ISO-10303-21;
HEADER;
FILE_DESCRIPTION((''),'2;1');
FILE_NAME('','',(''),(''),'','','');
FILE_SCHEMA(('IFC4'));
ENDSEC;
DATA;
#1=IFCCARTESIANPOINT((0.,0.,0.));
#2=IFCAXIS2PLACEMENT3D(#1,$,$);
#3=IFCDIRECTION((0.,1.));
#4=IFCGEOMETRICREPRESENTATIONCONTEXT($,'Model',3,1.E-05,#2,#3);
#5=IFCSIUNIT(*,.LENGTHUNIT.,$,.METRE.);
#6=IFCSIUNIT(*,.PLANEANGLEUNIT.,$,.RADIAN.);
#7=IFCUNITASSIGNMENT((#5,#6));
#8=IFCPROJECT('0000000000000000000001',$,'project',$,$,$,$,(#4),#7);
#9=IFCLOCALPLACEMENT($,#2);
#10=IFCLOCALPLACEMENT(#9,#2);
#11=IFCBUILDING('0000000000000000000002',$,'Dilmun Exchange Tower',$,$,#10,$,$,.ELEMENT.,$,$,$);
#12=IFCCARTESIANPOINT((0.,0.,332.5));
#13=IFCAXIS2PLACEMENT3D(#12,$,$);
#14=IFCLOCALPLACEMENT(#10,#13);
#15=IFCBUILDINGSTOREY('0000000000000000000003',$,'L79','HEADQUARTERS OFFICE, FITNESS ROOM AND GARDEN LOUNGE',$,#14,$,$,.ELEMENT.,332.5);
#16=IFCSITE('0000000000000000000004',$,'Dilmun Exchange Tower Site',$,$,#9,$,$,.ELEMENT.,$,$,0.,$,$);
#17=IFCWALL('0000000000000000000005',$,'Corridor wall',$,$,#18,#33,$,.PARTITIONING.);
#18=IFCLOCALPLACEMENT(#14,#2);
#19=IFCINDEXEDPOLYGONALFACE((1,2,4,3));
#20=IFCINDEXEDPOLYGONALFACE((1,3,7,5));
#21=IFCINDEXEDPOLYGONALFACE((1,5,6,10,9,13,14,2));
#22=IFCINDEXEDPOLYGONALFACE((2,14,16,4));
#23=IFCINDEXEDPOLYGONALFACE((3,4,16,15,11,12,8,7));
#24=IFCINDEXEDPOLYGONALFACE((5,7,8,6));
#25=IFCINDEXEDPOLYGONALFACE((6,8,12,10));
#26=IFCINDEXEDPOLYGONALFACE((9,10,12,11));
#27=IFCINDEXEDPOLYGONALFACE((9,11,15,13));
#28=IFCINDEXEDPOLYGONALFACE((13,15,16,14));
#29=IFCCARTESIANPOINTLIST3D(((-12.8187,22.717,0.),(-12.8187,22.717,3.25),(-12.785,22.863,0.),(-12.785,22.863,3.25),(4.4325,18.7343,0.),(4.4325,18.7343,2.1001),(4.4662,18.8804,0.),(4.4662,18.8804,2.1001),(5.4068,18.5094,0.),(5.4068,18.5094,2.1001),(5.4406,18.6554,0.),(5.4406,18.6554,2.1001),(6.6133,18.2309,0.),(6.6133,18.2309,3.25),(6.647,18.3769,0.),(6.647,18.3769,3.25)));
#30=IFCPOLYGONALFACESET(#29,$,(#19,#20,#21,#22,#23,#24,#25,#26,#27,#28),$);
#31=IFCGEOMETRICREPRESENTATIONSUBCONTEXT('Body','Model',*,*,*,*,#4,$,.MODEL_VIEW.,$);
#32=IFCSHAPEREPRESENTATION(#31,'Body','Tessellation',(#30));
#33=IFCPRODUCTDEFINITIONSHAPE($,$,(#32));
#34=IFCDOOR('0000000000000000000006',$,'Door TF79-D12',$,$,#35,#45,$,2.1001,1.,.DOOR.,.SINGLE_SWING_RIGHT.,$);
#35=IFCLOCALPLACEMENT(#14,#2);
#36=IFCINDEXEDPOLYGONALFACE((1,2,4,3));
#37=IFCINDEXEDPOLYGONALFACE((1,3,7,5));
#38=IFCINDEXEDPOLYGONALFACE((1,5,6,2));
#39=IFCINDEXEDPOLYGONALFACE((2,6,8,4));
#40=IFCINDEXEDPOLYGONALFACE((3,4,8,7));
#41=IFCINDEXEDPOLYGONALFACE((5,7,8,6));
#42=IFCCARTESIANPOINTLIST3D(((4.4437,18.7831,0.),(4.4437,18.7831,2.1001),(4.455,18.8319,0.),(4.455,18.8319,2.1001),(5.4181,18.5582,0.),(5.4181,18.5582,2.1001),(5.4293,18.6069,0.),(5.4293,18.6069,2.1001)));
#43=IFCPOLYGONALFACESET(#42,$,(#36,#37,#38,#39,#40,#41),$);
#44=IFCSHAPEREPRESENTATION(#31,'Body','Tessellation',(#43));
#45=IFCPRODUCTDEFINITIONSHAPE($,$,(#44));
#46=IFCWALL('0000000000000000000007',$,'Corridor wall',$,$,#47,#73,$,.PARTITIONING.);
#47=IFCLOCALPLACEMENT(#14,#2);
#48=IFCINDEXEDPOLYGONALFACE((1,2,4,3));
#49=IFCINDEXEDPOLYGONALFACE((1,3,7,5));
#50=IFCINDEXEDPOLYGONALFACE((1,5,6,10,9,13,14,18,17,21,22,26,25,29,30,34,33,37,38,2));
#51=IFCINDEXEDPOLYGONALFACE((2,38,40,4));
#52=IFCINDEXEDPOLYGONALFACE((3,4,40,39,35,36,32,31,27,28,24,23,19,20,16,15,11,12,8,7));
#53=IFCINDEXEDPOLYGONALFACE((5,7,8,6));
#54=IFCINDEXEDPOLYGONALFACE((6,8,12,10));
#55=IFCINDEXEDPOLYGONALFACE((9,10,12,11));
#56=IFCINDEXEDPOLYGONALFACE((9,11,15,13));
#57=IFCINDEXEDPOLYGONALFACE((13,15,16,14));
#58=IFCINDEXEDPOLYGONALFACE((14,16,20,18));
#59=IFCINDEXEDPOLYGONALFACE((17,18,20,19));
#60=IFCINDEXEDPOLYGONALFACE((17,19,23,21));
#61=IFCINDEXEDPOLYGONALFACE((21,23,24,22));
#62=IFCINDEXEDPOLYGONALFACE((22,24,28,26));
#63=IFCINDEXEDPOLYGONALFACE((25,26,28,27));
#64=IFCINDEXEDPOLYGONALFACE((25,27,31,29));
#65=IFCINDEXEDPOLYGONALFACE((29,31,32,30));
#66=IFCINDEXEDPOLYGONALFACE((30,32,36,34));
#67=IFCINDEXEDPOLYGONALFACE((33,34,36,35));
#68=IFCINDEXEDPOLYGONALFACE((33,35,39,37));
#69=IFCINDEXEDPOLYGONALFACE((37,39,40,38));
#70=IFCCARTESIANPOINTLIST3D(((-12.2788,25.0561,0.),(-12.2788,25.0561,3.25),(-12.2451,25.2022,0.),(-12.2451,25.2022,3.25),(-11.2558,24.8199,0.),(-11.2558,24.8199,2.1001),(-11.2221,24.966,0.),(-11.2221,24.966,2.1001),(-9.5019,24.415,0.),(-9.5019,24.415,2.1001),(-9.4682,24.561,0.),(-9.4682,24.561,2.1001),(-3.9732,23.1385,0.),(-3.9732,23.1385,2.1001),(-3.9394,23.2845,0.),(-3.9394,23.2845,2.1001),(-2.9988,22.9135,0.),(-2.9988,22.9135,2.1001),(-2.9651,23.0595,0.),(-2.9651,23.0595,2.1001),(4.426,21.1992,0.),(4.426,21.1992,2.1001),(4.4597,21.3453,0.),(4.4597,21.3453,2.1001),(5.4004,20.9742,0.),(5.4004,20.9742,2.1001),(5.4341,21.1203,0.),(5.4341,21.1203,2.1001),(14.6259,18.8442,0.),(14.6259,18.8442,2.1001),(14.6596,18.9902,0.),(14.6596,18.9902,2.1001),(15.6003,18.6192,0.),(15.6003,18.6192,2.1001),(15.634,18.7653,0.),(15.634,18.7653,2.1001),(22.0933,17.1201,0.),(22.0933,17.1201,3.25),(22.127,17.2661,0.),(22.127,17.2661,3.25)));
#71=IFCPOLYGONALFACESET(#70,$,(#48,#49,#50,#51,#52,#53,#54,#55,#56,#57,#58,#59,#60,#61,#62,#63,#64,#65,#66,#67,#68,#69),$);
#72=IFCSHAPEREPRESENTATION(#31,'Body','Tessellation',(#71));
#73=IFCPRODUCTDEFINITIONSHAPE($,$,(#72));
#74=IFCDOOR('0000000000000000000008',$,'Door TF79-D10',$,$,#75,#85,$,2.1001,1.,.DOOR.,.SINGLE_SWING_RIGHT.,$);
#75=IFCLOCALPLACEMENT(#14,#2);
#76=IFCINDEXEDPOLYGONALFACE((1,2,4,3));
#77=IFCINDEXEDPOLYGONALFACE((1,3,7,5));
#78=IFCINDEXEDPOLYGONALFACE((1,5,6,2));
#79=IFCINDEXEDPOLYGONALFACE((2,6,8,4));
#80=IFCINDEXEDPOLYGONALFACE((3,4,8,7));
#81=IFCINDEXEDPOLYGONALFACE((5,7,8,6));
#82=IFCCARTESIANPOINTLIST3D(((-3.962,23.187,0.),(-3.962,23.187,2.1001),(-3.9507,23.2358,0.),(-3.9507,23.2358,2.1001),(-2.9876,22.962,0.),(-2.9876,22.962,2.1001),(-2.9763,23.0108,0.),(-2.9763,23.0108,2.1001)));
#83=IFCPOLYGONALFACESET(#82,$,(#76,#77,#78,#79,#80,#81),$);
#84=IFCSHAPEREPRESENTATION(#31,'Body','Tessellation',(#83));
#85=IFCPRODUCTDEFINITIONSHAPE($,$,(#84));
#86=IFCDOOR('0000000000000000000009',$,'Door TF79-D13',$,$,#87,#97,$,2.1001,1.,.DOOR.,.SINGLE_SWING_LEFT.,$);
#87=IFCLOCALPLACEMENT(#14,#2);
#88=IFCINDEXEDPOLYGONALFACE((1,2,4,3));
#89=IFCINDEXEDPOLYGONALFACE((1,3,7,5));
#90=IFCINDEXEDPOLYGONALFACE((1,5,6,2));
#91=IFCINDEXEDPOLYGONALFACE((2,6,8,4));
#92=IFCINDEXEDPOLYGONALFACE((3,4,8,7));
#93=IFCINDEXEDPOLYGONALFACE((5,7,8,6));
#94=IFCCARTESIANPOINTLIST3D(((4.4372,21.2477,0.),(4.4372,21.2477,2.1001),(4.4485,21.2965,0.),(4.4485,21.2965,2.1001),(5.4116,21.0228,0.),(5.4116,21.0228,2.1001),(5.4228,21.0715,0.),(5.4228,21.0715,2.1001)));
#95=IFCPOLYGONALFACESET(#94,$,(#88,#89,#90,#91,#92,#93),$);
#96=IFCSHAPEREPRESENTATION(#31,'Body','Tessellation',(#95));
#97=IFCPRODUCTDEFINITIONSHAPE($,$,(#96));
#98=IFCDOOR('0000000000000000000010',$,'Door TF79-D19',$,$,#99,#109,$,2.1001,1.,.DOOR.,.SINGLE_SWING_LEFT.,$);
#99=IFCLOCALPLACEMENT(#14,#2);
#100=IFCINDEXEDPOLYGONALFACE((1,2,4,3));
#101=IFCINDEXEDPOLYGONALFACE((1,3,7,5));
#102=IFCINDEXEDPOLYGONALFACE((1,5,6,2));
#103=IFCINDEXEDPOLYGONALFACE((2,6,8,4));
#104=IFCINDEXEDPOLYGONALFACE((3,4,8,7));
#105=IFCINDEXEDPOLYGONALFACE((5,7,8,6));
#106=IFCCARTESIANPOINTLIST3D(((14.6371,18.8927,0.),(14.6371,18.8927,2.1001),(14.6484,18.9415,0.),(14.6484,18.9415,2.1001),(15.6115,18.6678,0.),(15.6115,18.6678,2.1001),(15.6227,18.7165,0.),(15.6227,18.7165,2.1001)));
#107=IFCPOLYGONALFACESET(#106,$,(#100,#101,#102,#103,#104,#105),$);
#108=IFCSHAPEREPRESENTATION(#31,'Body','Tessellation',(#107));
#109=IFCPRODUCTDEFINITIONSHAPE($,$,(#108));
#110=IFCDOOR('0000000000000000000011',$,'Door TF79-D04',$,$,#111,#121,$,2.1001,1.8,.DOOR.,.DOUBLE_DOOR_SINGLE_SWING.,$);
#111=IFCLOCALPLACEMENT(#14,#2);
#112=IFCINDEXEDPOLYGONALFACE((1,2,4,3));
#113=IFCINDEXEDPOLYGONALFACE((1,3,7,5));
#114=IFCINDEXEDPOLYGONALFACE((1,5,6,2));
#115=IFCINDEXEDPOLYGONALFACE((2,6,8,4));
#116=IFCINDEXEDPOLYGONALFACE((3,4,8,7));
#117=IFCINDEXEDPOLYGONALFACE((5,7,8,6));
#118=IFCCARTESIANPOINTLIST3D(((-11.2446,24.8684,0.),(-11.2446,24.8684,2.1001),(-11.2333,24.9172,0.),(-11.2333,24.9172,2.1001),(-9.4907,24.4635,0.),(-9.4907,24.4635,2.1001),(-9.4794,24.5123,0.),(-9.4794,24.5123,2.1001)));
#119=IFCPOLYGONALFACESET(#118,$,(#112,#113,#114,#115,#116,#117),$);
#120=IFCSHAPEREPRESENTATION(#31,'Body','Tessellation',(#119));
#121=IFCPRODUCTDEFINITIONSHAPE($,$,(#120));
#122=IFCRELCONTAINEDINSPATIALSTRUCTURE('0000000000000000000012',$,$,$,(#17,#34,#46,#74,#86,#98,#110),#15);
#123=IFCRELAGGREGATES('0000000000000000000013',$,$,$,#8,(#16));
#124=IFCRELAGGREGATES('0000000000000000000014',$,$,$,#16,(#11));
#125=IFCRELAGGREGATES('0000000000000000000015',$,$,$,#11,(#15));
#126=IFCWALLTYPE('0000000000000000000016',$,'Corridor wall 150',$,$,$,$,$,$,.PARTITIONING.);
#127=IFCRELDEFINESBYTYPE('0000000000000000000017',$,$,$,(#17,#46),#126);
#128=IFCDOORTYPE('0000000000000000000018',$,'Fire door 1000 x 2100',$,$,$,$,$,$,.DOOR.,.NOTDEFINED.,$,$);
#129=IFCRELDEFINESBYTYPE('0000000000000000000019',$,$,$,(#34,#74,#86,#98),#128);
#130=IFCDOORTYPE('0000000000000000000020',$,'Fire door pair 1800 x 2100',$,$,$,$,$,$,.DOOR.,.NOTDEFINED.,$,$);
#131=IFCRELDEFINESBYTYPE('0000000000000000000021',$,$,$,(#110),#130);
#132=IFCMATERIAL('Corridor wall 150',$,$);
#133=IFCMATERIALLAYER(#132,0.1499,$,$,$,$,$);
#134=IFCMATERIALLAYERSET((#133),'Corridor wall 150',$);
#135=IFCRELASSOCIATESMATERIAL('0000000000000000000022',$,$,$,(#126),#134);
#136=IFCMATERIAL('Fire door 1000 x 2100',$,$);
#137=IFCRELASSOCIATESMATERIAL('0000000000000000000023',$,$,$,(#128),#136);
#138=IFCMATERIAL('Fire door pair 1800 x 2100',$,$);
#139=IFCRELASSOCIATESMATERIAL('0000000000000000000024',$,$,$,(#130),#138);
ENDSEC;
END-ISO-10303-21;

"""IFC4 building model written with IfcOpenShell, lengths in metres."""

from ifc_helpers import new_model, si_unit, direction, frame, frame_2d, origin, place, context, subcontext, project, spatial, rectangle, extrude, material, layer, layer_set, type_object, element, fill, save


model = new_model("IFC4")

# Units and contexts
model_context = context("Model", 3, precision=1e-05, world=origin(), true_north=direction((0.0, 1.0)))
body_context = subcontext(model_context, "Body", "Model", "MODEL_VIEW")
ifc_project = project(units=[si_unit("LENGTHUNIT", "METRE"), si_unit("PLANEANGLEUNIT", "RADIAN")], contexts=[model_context])

# Site, building, storey
site_placement = place(None, origin())
site = spatial("IfcSite", under=ifc_project, at=site_placement, Name="Dilmun Exchange Tower Site", CompositionType="ELEMENT", RefElevation=0.0)
building_placement = place(site_placement, origin())
building = spatial("IfcBuilding", under=site, at=building_placement, Name="Dilmun Exchange Tower", CompositionType="ELEMENT")
storey_placement = place(building_placement, frame((0.0, 0.0, 332.5)))
storey = spatial("IfcBuildingStorey", under=building, at=storey_placement, Name="L79", Description="HEADQUARTERS OFFICE, FITNESS ROOM AND GARDEN LOUNGE", CompositionType="ELEMENT", Elevation=332.5)

# Shared definitions
ifc_material_1 = material(Name="Corridor wall 150")
ifc_layer_1 = layer(ifc_material_1, 0.1499)
ifc_layer_set_1 = layer_set([ifc_layer_1], Name="Corridor wall 150")
wall_type = type_object("IfcWallType", Name="Corridor wall 150", PredefinedType="PARTITIONING", material=ifc_layer_set_1)

# Wall, opening, door
wall_1_placement = place(storey_placement, frame((-12.802, 22.79, 0.0), z_axis=(0.0, 0.0, 1.0), x_axis=(0.974371, -0.224945, 0.0)))
wall_1 = element("IfcWall", 1, at=wall_1_placement, inside=storey, type_object=wall_type, Name="Corridor wall", PredefinedType="PARTITIONING", context=body_context, shape_type="SweptSolid", body=[
    extrude(rectangle(XDim=19.9431, YDim=0.1499, at=frame_2d((9.9717, 0.0))), origin(), (0.0, 0.0, 1.0), 3.25),
])
opening_1_placement = place(wall_1_placement, frame((17.7051, 0.0, 0.0)))
opening_1 = element("IfcOpeningElement", 2, at=opening_1_placement, cuts=wall_1, PredefinedType="OPENING", context=body_context, shape_type="SweptSolid", body=[
    extrude(rectangle(XDim=1.0, YDim=2.1001, at=frame_2d((0.5, 1.05))), frame((0.0, 0.085, 0.0), z_axis=(0.0, -1.0, 0.0), x_axis=(1.0, 0.0, 0.0)), (0.0, 0.0, 1.0), 0.1699),
])
ifc_material_2 = material(Name="Fire door 1000 x 2100")
door_type_1 = type_object("IfcDoorType", Name="Fire door 1000 x 2100", OperationType="NOTDEFINED", PredefinedType="DOOR", material=ifc_material_2)
door_1_placement = place(opening_1_placement, frame((1.0, 0.0, 0.0), z_axis=(0.0, 0.0, 1.0), x_axis=(-1.0, 0.0, 0.0)))
door_1 = element("IfcDoor", 3, at=door_1_placement, inside=storey, type_object=door_type_1, Name="Door TF79-D12", OperationType="SINGLE_SWING_RIGHT", OverallHeight=2.1001, OverallWidth=1.0, PredefinedType="DOOR", context=body_context, shape_type="SweptSolid", body=[
    extrude(rectangle(XDim=1.0, YDim=2.1001, at=frame_2d((0.5, 1.05))), frame((0.0, 0.0249, 0.0), z_axis=(0.0, -1.0, 0.0), x_axis=(1.0, 0.0, 0.0)), (0.0, 0.0, 1.0), 0.05),
])
fill(opening_1, door_1)

# Wall, openings, doors
wall_2_placement = place(storey_placement, frame((-12.262, 25.1292, 0.0), z_axis=(0.0, 0.0, 1.0), x_axis=(0.974366, -0.224968, 0.0)))
wall_2 = element("IfcWall", 4, at=wall_2_placement, inside=storey, type_object=wall_type, Name="Corridor wall", PredefinedType="PARTITIONING", context=body_context, shape_type="SweptSolid", body=[
    extrude(rectangle(XDim=35.2764, YDim=0.1499, at=frame_2d((17.6382, 0.0))), origin(), (0.0, 0.0, 1.0), 3.25),
])
opening_2_placement = place(wall_2_placement, frame((1.05, 0.0, 0.0)))
opening_2 = element("IfcOpeningElement", 5, at=opening_2_placement, cuts=wall_2, PredefinedType="OPENING", context=body_context, shape_type="SweptSolid", body=[
    extrude(rectangle(XDim=1.8, YDim=2.1001, at=frame_2d((0.8999, 1.05))), frame((0.0, 0.085, 0.0), z_axis=(0.0, -1.0, 0.0), x_axis=(1.0, 0.0, 0.0)), (0.0, 0.0, 1.0), 0.1699),
])
opening_3_placement = place(wall_2_placement, frame((8.5242, 0.0, 0.0)))
opening_3 = element("IfcOpeningElement", 6, at=opening_3_placement, cuts=wall_2, PredefinedType="OPENING", context=body_context, shape_type="SweptSolid", body=[
    extrude(rectangle(XDim=1.0, YDim=2.1001, at=frame_2d((0.5, 1.05))), frame((0.0, 0.085, 0.0), z_axis=(0.0, -1.0, 0.0), x_axis=(1.0, 0.0, 0.0)), (0.0, 0.0, 1.0), 0.1699),
])
opening_4_placement = place(wall_2_placement, frame((17.1443, 0.0, 0.0)))
opening_4 = element("IfcOpeningElement", 7, at=opening_4_placement, cuts=wall_2, PredefinedType="OPENING", context=body_context, shape_type="SweptSolid", body=[
    extrude(rectangle(XDim=1.0, YDim=2.1001, at=frame_2d((0.5, 1.05))), frame((0.0, 0.085, 0.0), z_axis=(0.0, -1.0, 0.0), x_axis=(1.0, 0.0, 0.0)), (0.0, 0.0, 1.0), 0.1699),
])
opening_5_placement = place(wall_2_placement, frame((27.6125, 0.0, 0.0)))
opening_5 = element("IfcOpeningElement", 8, at=opening_5_placement, cuts=wall_2, PredefinedType="OPENING", context=body_context, shape_type="SweptSolid", body=[
    extrude(rectangle(XDim=1.0, YDim=2.1001, at=frame_2d((0.5, 1.05))), frame((0.0, 0.085, 0.0), z_axis=(0.0, -1.0, 0.0), x_axis=(1.0, 0.0, 0.0)), (0.0, 0.0, 1.0), 0.1699),
])
door_2_placement = place(opening_3_placement, origin())
door_2 = element("IfcDoor", 9, at=door_2_placement, inside=storey, type_object=door_type_1, Name="Door TF79-D10", OperationType="SINGLE_SWING_RIGHT", OverallHeight=2.1001, OverallWidth=1.0, PredefinedType="DOOR", context=body_context, shape_type="SweptSolid", body=[
    extrude(rectangle(XDim=1.0, YDim=2.1001, at=frame_2d((0.5, 1.05))), frame((0.0, 0.0249, 0.0), z_axis=(0.0, -1.0, 0.0), x_axis=(1.0, 0.0, 0.0)), (0.0, 0.0, 1.0), 0.05),
])
fill(opening_3, door_2)
door_3_placement = place(opening_4_placement, origin())
door_3 = element("IfcDoor", 10, at=door_3_placement, inside=storey, type_object=door_type_1, Name="Door TF79-D13", OperationType="SINGLE_SWING_LEFT", OverallHeight=2.1001, OverallWidth=1.0, PredefinedType="DOOR", context=body_context, shape_type="SweptSolid", body=[
    extrude(rectangle(XDim=1.0, YDim=2.1001, at=frame_2d((0.5, 1.05))), frame((0.0, 0.0249, 0.0), z_axis=(0.0, -1.0, 0.0), x_axis=(1.0, 0.0, 0.0)), (0.0, 0.0, 1.0), 0.05),
])
fill(opening_4, door_3)
door_4_placement = place(opening_5_placement, origin())
door_4 = element("IfcDoor", 11, at=door_4_placement, inside=storey, type_object=door_type_1, Name="Door TF79-D19", OperationType="SINGLE_SWING_LEFT", OverallHeight=2.1001, OverallWidth=1.0, PredefinedType="DOOR", context=body_context, shape_type="SweptSolid", body=[
    extrude(rectangle(XDim=1.0, YDim=2.1001, at=frame_2d((0.5, 1.05))), frame((0.0, 0.0249, 0.0), z_axis=(0.0, -1.0, 0.0), x_axis=(1.0, 0.0, 0.0)), (0.0, 0.0, 1.0), 0.05),
])
fill(opening_5, door_4)
ifc_material_3 = material(Name="Fire door pair 1800 x 2100")
door_type_2 = type_object("IfcDoorType", Name="Fire door pair 1800 x 2100", OperationType="NOTDEFINED", PredefinedType="DOOR", material=ifc_material_3)
door_5_placement = place(opening_2_placement, origin())
door_5 = element("IfcDoor", 12, at=door_5_placement, inside=storey, type_object=door_type_2, Name="Door TF79-D04", OperationType="DOUBLE_DOOR_SINGLE_SWING", OverallHeight=2.1001, OverallWidth=1.8, PredefinedType="DOOR", context=body_context, shape_type="SweptSolid", body=[
    extrude(rectangle(XDim=1.8, YDim=2.1001, at=frame_2d((0.8999, 1.05))), frame((0.0, 0.0249, 0.0), z_axis=(0.0, -1.0, 0.0), x_axis=(1.0, 0.0, 0.0)), (0.0, 0.0, 1.0), 0.05),
])
fill(opening_2, door_5)

save(model, "model.ifc")
